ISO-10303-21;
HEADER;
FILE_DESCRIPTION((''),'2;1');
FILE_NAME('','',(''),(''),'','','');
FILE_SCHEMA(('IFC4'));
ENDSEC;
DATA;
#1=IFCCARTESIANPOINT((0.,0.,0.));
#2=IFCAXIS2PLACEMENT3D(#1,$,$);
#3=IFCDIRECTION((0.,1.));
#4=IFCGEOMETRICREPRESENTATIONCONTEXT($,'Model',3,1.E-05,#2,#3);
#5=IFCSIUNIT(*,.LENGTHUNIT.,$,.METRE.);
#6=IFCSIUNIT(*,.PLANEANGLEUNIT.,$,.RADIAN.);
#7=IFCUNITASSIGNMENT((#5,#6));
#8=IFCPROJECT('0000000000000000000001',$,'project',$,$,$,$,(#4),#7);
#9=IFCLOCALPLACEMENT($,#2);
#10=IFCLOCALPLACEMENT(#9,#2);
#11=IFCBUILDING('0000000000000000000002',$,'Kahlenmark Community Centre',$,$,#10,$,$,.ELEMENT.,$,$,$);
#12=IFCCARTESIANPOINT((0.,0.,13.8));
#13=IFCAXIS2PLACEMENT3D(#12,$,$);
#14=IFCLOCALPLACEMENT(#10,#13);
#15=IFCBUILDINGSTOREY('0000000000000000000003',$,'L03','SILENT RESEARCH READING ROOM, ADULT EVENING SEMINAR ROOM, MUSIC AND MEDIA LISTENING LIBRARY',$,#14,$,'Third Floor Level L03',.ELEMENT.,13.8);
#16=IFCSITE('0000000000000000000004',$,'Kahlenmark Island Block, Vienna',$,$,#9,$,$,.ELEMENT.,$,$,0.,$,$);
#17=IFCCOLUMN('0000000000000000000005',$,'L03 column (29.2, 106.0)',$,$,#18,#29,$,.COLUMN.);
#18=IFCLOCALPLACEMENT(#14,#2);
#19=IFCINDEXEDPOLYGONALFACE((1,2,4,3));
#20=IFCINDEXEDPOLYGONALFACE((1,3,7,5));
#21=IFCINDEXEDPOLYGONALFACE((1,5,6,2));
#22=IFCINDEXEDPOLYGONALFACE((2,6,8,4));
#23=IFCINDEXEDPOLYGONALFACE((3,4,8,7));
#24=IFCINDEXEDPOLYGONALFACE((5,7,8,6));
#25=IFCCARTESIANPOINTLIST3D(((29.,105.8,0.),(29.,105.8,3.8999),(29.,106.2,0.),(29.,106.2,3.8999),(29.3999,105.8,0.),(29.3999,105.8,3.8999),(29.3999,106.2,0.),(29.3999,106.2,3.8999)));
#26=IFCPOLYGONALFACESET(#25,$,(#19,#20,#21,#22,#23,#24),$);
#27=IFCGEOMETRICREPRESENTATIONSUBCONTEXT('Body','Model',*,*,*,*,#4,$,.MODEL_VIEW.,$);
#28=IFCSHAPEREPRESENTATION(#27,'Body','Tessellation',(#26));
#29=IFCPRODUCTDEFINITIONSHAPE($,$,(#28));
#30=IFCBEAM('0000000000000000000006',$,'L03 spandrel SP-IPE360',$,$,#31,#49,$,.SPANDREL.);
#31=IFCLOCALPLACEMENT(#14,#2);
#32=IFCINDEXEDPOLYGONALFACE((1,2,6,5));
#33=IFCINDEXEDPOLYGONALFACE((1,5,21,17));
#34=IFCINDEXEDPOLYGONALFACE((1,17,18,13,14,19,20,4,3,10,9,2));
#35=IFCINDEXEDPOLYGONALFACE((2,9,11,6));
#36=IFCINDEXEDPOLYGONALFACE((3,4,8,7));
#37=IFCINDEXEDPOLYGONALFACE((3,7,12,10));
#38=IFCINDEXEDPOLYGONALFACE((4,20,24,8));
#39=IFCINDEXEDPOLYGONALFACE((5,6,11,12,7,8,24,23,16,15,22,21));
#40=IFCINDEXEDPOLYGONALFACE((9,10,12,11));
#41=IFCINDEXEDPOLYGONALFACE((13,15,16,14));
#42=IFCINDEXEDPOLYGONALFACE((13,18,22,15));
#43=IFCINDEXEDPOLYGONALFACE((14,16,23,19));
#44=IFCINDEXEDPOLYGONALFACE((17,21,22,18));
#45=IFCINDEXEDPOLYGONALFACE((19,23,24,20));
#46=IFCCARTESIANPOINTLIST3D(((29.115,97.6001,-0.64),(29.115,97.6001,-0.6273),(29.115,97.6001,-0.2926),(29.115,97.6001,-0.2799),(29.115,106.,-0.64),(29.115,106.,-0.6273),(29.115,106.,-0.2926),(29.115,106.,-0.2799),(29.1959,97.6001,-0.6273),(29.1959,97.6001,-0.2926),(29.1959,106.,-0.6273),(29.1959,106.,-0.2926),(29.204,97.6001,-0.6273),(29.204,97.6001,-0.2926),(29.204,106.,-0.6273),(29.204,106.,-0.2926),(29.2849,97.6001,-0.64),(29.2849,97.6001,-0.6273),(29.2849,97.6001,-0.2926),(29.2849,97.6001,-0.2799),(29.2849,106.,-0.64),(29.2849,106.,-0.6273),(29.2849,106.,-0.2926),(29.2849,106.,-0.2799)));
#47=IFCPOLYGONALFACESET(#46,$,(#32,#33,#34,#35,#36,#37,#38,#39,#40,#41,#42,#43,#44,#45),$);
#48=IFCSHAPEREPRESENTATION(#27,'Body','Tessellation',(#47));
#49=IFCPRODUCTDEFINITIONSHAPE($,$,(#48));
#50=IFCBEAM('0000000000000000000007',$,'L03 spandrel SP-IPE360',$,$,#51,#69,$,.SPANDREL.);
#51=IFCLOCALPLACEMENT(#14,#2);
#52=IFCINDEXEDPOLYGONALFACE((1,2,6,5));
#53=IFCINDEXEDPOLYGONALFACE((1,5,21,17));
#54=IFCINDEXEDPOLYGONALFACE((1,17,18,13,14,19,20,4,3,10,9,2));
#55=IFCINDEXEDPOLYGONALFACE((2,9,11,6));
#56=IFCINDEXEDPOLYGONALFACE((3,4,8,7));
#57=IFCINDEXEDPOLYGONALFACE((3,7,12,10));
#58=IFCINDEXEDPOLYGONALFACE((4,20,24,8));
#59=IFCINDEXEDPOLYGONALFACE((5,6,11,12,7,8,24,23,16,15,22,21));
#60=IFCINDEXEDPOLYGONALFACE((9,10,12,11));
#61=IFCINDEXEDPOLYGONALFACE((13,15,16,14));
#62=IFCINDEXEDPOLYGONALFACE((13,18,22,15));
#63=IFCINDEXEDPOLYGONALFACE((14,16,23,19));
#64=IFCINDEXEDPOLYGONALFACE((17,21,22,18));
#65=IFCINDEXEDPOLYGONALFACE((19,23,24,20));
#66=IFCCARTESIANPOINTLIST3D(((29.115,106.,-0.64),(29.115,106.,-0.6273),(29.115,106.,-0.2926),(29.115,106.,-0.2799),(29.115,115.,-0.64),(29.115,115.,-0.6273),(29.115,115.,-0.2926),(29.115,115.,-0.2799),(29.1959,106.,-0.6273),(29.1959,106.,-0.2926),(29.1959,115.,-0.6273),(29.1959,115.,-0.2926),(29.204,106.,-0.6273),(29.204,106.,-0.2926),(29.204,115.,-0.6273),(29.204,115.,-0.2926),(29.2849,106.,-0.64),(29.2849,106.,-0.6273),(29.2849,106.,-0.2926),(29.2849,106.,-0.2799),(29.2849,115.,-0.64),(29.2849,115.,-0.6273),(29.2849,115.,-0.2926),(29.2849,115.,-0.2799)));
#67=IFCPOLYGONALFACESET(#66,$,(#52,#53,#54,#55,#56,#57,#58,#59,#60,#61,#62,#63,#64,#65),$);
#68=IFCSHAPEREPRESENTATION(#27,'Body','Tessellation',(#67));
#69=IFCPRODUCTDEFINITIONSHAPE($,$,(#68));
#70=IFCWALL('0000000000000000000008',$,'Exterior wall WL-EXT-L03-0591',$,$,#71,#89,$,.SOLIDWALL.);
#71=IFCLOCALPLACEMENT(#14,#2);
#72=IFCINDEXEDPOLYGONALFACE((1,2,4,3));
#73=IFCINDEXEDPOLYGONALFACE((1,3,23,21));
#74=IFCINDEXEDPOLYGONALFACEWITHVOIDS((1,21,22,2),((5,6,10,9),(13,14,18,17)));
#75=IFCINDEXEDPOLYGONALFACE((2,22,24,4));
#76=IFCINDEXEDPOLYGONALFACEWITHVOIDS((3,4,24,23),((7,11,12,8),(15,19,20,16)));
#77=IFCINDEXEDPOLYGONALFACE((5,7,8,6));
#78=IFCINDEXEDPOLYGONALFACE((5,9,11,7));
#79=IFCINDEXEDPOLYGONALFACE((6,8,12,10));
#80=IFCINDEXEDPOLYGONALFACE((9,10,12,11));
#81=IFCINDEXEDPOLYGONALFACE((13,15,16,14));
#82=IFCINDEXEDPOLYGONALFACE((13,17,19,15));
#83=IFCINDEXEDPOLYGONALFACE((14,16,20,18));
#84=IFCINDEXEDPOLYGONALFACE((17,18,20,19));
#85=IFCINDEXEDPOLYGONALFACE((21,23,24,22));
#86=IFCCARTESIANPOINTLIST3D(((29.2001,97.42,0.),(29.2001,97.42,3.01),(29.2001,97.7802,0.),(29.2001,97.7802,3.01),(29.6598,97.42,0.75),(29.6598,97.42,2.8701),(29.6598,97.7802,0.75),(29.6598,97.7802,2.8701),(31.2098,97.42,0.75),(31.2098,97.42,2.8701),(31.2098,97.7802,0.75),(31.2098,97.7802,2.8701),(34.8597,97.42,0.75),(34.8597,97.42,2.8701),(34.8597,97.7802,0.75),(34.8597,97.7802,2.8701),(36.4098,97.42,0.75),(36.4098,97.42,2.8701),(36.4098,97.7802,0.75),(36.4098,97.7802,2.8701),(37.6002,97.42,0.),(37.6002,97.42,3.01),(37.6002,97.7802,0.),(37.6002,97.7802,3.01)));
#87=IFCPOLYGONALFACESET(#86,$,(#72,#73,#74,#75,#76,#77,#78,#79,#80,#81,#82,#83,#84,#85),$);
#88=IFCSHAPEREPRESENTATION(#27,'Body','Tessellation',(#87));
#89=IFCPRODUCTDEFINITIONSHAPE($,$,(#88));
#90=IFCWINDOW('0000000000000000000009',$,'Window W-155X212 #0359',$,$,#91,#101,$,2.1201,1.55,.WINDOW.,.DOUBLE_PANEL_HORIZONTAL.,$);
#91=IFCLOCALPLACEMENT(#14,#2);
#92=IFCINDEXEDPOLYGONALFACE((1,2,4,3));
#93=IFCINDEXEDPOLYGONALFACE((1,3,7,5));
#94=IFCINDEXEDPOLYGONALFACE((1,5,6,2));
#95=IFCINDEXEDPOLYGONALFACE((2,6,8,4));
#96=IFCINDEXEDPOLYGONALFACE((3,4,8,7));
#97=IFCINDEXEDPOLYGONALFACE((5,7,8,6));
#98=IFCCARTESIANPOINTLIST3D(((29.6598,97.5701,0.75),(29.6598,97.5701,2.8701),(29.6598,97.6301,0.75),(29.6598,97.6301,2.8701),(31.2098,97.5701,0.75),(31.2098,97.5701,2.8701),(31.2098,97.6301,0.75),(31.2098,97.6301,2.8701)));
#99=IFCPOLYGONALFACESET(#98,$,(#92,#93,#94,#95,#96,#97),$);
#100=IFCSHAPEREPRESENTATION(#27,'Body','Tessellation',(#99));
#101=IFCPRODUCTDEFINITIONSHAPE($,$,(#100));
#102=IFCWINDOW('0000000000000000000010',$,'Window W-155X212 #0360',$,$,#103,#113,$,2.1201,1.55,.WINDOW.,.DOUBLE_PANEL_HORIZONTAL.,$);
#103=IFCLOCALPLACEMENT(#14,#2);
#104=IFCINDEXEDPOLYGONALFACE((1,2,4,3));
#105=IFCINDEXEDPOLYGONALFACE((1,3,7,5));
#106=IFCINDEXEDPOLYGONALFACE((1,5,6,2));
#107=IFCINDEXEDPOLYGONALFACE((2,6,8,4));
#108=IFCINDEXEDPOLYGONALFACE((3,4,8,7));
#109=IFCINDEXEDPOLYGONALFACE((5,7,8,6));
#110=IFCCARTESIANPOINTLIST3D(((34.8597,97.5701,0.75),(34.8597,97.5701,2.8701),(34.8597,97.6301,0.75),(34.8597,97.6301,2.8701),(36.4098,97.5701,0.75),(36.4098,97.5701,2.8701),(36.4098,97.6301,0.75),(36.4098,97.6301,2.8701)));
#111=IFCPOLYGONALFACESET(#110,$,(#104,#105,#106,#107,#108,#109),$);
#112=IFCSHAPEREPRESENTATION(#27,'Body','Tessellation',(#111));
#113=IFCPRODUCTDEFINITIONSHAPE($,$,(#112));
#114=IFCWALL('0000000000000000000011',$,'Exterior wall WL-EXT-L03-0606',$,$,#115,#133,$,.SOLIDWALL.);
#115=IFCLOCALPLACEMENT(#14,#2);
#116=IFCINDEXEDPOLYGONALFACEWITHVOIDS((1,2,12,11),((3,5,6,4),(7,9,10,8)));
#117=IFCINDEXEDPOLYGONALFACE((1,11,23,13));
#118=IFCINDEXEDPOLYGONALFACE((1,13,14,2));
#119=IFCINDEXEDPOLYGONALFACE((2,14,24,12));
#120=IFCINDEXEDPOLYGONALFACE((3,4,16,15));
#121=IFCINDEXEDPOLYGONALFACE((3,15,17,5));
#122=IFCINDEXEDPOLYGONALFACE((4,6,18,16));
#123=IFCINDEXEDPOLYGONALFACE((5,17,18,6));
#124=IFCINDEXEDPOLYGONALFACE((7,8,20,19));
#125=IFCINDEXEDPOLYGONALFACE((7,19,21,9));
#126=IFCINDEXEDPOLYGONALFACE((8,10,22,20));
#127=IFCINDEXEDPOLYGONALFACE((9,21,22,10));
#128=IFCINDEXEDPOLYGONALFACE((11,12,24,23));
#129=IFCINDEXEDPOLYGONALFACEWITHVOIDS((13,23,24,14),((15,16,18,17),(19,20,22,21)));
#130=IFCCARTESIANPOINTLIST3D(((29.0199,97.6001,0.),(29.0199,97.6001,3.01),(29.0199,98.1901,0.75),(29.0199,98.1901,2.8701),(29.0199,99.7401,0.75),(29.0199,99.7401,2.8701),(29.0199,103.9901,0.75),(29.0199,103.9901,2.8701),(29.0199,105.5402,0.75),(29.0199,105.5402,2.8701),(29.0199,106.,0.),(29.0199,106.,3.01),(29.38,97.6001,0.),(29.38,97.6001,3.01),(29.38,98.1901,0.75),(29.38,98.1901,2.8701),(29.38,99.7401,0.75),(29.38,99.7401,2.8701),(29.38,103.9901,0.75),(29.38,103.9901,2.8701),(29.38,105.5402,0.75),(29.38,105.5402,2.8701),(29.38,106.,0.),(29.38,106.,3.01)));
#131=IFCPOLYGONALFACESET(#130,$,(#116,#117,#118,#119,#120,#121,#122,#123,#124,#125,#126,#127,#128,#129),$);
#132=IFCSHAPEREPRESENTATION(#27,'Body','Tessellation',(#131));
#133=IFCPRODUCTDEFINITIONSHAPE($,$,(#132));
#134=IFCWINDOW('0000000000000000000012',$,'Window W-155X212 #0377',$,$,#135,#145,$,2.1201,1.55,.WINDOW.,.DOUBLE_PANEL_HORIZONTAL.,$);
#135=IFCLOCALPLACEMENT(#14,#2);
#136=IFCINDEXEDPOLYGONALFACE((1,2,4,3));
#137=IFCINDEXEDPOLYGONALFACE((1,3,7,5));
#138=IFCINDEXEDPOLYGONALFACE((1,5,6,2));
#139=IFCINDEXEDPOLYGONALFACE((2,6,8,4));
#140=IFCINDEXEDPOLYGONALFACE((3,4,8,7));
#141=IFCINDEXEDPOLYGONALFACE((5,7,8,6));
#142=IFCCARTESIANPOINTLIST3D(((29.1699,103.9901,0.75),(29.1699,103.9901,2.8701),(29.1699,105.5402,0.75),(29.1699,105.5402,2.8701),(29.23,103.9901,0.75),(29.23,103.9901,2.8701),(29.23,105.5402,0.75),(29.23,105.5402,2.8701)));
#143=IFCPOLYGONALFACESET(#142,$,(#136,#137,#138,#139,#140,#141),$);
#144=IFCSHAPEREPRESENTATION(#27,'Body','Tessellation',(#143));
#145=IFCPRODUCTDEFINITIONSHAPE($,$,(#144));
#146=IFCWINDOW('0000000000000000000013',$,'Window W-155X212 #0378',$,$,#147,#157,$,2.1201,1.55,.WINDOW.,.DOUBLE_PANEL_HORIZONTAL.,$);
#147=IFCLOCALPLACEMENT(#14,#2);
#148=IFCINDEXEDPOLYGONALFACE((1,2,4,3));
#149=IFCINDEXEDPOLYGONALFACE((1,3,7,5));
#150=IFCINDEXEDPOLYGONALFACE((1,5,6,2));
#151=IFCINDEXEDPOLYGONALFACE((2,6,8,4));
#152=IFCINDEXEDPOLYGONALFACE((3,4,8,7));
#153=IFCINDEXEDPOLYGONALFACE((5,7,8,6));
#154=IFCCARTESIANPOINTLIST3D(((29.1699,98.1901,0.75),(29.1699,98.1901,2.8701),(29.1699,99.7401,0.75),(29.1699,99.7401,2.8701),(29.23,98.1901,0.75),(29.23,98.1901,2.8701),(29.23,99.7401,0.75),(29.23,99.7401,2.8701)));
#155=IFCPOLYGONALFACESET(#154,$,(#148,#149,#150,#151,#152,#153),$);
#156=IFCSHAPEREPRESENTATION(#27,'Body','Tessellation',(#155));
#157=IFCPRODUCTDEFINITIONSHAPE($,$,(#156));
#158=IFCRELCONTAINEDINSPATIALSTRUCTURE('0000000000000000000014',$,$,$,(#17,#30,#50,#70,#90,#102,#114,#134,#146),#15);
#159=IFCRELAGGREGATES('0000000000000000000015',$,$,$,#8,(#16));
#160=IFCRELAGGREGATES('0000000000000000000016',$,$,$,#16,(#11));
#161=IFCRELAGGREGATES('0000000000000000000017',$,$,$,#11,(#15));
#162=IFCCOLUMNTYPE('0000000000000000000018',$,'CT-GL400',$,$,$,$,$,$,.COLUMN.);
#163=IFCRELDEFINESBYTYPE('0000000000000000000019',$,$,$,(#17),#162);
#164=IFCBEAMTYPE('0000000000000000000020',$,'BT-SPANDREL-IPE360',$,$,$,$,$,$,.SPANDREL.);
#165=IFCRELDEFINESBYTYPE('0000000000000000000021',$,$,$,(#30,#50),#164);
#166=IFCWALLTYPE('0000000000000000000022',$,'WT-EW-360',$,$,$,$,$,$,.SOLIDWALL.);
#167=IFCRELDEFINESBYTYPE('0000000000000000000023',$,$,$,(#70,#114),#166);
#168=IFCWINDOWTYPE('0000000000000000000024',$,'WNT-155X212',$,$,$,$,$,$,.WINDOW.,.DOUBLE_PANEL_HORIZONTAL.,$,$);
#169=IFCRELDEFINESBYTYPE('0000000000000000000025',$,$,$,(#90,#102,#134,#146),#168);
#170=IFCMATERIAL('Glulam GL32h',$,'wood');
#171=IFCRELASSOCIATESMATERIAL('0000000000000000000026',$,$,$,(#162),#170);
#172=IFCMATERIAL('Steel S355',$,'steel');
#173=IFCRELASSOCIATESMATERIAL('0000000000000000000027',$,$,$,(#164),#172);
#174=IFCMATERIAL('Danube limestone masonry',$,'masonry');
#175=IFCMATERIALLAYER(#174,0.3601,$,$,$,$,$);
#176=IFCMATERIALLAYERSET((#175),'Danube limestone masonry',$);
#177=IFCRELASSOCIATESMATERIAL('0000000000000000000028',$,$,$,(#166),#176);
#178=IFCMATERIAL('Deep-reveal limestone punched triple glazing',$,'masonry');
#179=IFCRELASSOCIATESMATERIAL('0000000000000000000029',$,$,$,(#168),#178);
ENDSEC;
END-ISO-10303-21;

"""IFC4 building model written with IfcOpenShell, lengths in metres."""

from ifc_helpers import new_model, si_unit, direction, frame, frame_2d, origin, origin_2d, place, context, subcontext, project, spatial, rectangle, i_section, extrude, material, layer, layer_set, material_profile, profile_set, type_object, element, fill, save


model = new_model("IFC4")

# Units and contexts
model_context = context("Model", 3, precision=1e-05, world=origin(), true_north=direction((0.0, 1.0)))
body_context = subcontext(model_context, "Body", "Model", "MODEL_VIEW")
ifc_project = project(units=[si_unit("LENGTHUNIT", "METRE"), si_unit("PLANEANGLEUNIT", "RADIAN")], contexts=[model_context])

# Site, building, storey
site_placement = place(None, origin())
site = spatial("IfcSite", under=ifc_project, at=site_placement, Name="Kahlenmark Island Block, Vienna", CompositionType="ELEMENT", RefElevation=0.0)
building_placement = place(site_placement, origin())
building = spatial("IfcBuilding", under=site, at=building_placement, Name="Kahlenmark Community Centre", CompositionType="ELEMENT")
storey_placement = place(building_placement, frame((0.0, 0.0, 13.8)))
storey = spatial("IfcBuildingStorey", under=building, at=storey_placement, Name="L03", Description="SILENT RESEARCH READING ROOM, ADULT EVENING SEMINAR ROOM, MUSIC AND MEDIA LISTENING LIBRARY", LongName="Third Floor Level L03", CompositionType="ELEMENT", Elevation=13.8)

# Column
ifc_material_1 = material(Name="Glulam GL32h", Category="wood")
ifc_material_profile_1 = material_profile(ifc_material_1, rectangle(XDim=0.3999, YDim=0.3999, at=origin_2d()), Name="GL32h 400x400")
ifc_profile_set_1 = profile_set([ifc_material_profile_1], Name="Glulam GL32h")
column_type = type_object("IfcColumnType", Name="CT-GL400", PredefinedType="COLUMN", material=ifc_profile_set_1)
column_placement = place(storey_placement, frame((29.2, 106.0, 0.0), z_axis=(0.0, 0.0, 1.0), x_axis=(1.0, 0.0, 0.0)))
element("IfcColumn", 1, at=column_placement, inside=storey, type_object=column_type, Name="L03 column (29.2, 106.0)", PredefinedType="COLUMN", context=body_context, shape_type="SweptSolid", body=[
    extrude(rectangle(XDim=0.3999, YDim=0.3999, at=origin_2d()), origin(), (0.0, 0.0, 1.0), 3.8999),
])

# Beams
ifc_material_2 = material(Name="Steel S355", Category="steel")
ifc_material_profile_2 = material_profile(ifc_material_2, i_section(OverallWidth=0.1699, OverallDepth=0.3601, WebThickness=0.0081, FlangeThickness=0.0127, at=origin_2d()), Name="IPE 360")
ifc_profile_set_2 = profile_set([ifc_material_profile_2], Name="Steel S355")
beam_type = type_object("IfcBeamType", Name="BT-SPANDREL-IPE360", PredefinedType="SPANDREL", material=ifc_profile_set_2)
beam_1_placement = place(storey_placement, frame((29.2, 97.6001, -0.46), z_axis=(0.0, 1.0, 0.0), x_axis=(-1.0, 0.0, 0.0)))
element("IfcBeam", 2, at=beam_1_placement, inside=storey, type_object=beam_type, Name="L03 spandrel SP-IPE360", PredefinedType="SPANDREL", context=body_context, shape_type="SweptSolid", body=[
    extrude(i_section(OverallWidth=0.1699, OverallDepth=0.3601, WebThickness=0.0081, FlangeThickness=0.0127, at=origin_2d()), origin(), (0.0, 0.0, 1.0), 8.3999),
])
beam_2_placement = place(storey_placement, frame((29.2, 106.0, -0.46), z_axis=(0.0, 1.0, 0.0), x_axis=(-1.0, 0.0, 0.0)))
element("IfcBeam", 3, at=beam_2_placement, inside=storey, type_object=beam_type, Name="L03 spandrel SP-IPE360", PredefinedType="SPANDREL", context=body_context, shape_type="SweptSolid", body=[
    extrude(i_section(OverallWidth=0.1699, OverallDepth=0.3601, WebThickness=0.0081, FlangeThickness=0.0127, at=origin_2d()), origin(), (0.0, 0.0, 1.0), 9.0),
])

# Walls, openings, windows
ifc_material_3 = material(Name="Danube limestone masonry", Category="masonry")
ifc_layer_1 = layer(ifc_material_3, 0.3601)
ifc_layer_set_1 = layer_set([ifc_layer_1], Name="Danube limestone masonry")
wall_type_1 = type_object("IfcWallType", Name="WT-EW-360", PredefinedType="SOLIDWALL", material=ifc_layer_set_1)
wall_1_placement = place(storey_placement, frame((29.2, 97.6001, 0.0), z_axis=(0.0, 0.0, 1.0), x_axis=(1.0, 0.0, 0.0)))
wall_1 = element("IfcWall", 4, at=wall_1_placement, inside=storey, type_object=wall_type_1, Name="Exterior wall WL-EXT-L03-0591", PredefinedType="SOLIDWALL", context=body_context, shape_type="SweptSolid", body=[
    extrude(rectangle(XDim=8.4001, YDim=0.3601, at=frame_2d((4.2002, 0.0))), origin(), (0.0, 0.0, 1.0), 3.01),
])
opening_1_placement = place(wall_1_placement, frame((0.46, 0.0, 0.75)))
opening_1 = element("IfcOpeningElement", 5, at=opening_1_placement, cuts=wall_1, PredefinedType="OPENING", context=body_context, shape_type="SweptSolid", body=[
    extrude(rectangle(XDim=1.55, YDim=2.1201, at=frame_2d((0.7749, 1.0601))), frame((0.0, 0.1899, 0.0), z_axis=(0.0, -1.0, 0.0), x_axis=(1.0, 0.0, 0.0)), (0.0, 0.0, 1.0), 0.3801),
])
opening_2_placement = place(wall_1_placement, frame((5.6599, 0.0, 0.75)))
opening_2 = element("IfcOpeningElement", 6, at=opening_2_placement, cuts=wall_1, PredefinedType="OPENING", context=body_context, shape_type="SweptSolid", body=[
    extrude(rectangle(XDim=1.55, YDim=2.1201, at=frame_2d((0.7749, 1.0601))), frame((0.0, 0.1899, 0.0), z_axis=(0.0, -1.0, 0.0), x_axis=(1.0, 0.0, 0.0)), (0.0, 0.0, 1.0), 0.3801),
])
ifc_material_4 = material(Name="Deep-reveal limestone punched triple glazing", Category="masonry")
window_type = type_object("IfcWindowType", Name="WNT-155X212", PartitioningType="DOUBLE_PANEL_HORIZONTAL", PredefinedType="WINDOW", material=ifc_material_4)
window_1_placement = place(opening_1_placement, origin())
window_1 = element("IfcWindow", 7, at=window_1_placement, inside=storey, type_object=window_type, Name="Window W-155X212 #0359", OverallHeight=2.1201, OverallWidth=1.55, PartitioningType="DOUBLE_PANEL_HORIZONTAL", PredefinedType="WINDOW", context=body_context, shape_type="SweptSolid", body=[
    extrude(rectangle(XDim=1.55, YDim=2.1201, at=frame_2d((0.7749, 1.0601))), frame((0.0, 0.03, 0.0), z_axis=(0.0, -1.0, 0.0), x_axis=(1.0, 0.0, 0.0)), (0.0, 0.0, 1.0), 0.0601),
])
fill(opening_1, window_1)
window_2_placement = place(opening_2_placement, origin())
window_2 = element("IfcWindow", 8, at=window_2_placement, inside=storey, type_object=window_type, Name="Window W-155X212 #0360", OverallHeight=2.1201, OverallWidth=1.55, PartitioningType="DOUBLE_PANEL_HORIZONTAL", PredefinedType="WINDOW", context=body_context, shape_type="SweptSolid", body=[
    extrude(rectangle(XDim=1.55, YDim=2.1201, at=frame_2d((0.7749, 1.0601))), frame((0.0, 0.03, 0.0), z_axis=(0.0, -1.0, 0.0), x_axis=(1.0, 0.0, 0.0)), (0.0, 0.0, 1.0), 0.0601),
])
fill(opening_2, window_2)
wall_2_placement = place(storey_placement, frame((29.2, 106.0, 0.0), z_axis=(0.0, 0.0, 1.0), x_axis=(0.0, -1.0, 0.0)))
wall_2 = element("IfcWall", 9, at=wall_2_placement, inside=storey, type_object=wall_type_1, Name="Exterior wall WL-EXT-L03-0606", PredefinedType="SOLIDWALL", context=body_context, shape_type="SweptSolid", body=[
    extrude(rectangle(XDim=8.3999, YDim=0.3601, at=frame_2d((4.2, 0.0))), origin(), (0.0, 0.0, 1.0), 3.01),
])
opening_3_placement = place(wall_2_placement, frame((0.46, 0.0, 0.75)))
opening_3 = element("IfcOpeningElement", 10, at=opening_3_placement, cuts=wall_2, PredefinedType="OPENING", context=body_context, shape_type="SweptSolid", body=[
    extrude(rectangle(XDim=1.55, YDim=2.1201, at=frame_2d((0.7749, 1.0601))), frame((0.0, 0.1899, 0.0), z_axis=(0.0, -1.0, 0.0), x_axis=(1.0, 0.0, 0.0)), (0.0, 0.0, 1.0), 0.3801),
])
opening_4_placement = place(wall_2_placement, frame((6.26, 0.0, 0.75)))
opening_4 = element("IfcOpeningElement", 11, at=opening_4_placement, cuts=wall_2, PredefinedType="OPENING", context=body_context, shape_type="SweptSolid", body=[
    extrude(rectangle(XDim=1.55, YDim=2.1201, at=frame_2d((0.7749, 1.0601))), frame((0.0, 0.1899, 0.0), z_axis=(0.0, -1.0, 0.0), x_axis=(1.0, 0.0, 0.0)), (0.0, 0.0, 1.0), 0.3801),
])
window_3_placement = place(opening_3_placement, origin())
window_3 = element("IfcWindow", 12, at=window_3_placement, inside=storey, type_object=window_type, Name="Window W-155X212 #0377", OverallHeight=2.1201, OverallWidth=1.55, PartitioningType="DOUBLE_PANEL_HORIZONTAL", PredefinedType="WINDOW", context=body_context, shape_type="SweptSolid", body=[
    extrude(rectangle(XDim=1.55, YDim=2.1201, at=frame_2d((0.7749, 1.0601))), frame((0.0, 0.03, 0.0), z_axis=(0.0, -1.0, 0.0), x_axis=(1.0, 0.0, 0.0)), (0.0, 0.0, 1.0), 0.0601),
])
fill(opening_3, window_3)
window_4_placement = place(opening_4_placement, origin())
window_4 = element("IfcWindow", 13, at=window_4_placement, inside=storey, type_object=window_type, Name="Window W-155X212 #0378", OverallHeight=2.1201, OverallWidth=1.55, PartitioningType="DOUBLE_PANEL_HORIZONTAL", PredefinedType="WINDOW", context=body_context, shape_type="SweptSolid", body=[
    extrude(rectangle(XDim=1.55, YDim=2.1201, at=frame_2d((0.7749, 1.0601))), frame((0.0, 0.03, 0.0), z_axis=(0.0, -1.0, 0.0), x_axis=(1.0, 0.0, 0.0)), (0.0, 0.0, 1.0), 0.0601),
])
fill(opening_4, window_4)

save(model, "model.ifc")
